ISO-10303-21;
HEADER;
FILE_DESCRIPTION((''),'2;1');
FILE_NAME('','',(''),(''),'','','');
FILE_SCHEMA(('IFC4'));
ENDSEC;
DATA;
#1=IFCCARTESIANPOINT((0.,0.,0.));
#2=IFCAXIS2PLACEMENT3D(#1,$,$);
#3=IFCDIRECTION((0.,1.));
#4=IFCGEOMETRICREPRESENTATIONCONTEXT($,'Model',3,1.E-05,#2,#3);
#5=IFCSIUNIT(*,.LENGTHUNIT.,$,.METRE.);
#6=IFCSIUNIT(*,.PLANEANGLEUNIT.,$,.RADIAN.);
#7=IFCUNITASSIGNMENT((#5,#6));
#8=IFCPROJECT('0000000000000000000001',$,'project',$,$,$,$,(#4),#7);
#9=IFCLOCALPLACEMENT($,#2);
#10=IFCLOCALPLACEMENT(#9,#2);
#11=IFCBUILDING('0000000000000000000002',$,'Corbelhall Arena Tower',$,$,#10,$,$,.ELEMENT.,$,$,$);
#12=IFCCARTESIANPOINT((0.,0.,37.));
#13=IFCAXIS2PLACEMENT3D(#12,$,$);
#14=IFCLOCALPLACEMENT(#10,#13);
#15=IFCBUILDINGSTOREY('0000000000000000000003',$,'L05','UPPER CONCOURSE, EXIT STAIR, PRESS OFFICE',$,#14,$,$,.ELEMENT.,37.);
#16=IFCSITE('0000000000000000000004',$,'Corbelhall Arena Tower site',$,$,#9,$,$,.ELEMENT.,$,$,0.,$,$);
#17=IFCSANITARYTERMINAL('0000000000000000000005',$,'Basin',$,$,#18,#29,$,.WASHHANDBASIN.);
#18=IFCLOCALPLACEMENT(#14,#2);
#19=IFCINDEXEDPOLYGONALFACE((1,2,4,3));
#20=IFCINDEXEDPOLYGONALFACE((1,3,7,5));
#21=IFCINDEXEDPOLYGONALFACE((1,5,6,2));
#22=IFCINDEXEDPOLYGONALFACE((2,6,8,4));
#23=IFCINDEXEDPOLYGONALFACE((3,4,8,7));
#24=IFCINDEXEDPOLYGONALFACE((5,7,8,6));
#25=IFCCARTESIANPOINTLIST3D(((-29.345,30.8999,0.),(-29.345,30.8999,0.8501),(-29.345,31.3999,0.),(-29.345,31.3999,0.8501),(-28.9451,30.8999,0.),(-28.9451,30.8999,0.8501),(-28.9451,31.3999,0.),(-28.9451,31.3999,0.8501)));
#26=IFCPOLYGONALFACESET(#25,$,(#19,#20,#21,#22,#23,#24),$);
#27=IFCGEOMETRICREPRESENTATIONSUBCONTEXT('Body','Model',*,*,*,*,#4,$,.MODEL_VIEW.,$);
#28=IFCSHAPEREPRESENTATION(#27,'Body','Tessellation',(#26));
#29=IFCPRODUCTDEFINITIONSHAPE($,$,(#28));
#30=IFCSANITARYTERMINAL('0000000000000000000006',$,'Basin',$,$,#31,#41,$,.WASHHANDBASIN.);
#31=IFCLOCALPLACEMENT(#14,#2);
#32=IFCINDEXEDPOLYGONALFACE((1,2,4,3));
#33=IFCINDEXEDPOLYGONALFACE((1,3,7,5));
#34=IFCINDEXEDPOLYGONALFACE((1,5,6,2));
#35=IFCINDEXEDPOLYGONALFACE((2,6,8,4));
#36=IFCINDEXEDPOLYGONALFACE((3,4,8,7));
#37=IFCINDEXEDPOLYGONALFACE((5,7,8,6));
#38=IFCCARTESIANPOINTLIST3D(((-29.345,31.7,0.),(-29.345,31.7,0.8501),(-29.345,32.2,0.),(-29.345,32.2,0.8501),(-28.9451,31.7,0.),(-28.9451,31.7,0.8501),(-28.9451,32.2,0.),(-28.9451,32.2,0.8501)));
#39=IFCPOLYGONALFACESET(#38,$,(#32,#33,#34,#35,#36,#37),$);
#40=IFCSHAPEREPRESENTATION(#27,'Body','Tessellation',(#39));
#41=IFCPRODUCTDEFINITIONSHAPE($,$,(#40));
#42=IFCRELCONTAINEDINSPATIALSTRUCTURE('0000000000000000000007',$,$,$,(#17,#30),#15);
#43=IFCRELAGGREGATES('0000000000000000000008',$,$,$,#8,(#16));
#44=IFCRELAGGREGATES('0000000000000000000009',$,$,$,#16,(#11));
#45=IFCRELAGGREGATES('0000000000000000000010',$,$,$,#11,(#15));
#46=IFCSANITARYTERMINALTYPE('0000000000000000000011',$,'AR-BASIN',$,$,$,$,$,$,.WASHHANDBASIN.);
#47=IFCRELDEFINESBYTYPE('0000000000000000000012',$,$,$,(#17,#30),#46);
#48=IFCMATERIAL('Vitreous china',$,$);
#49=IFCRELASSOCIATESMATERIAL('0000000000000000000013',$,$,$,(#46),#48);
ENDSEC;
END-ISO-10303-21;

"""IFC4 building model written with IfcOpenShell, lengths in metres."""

from ifc_helpers import new_model, si_unit, direction, frame, origin, origin_2d, place, context, subcontext, project, spatial, rectangle, extrude, material, type_object, element, save


model = new_model("IFC4")

# Units and contexts
model_context = context("Model", 3, precision=1e-05, world=origin(), true_north=direction((0.0, 1.0)))
body_context = subcontext(model_context, "Body", "Model", "MODEL_VIEW")
ifc_project = project(units=[si_unit("LENGTHUNIT", "METRE"), si_unit("PLANEANGLEUNIT", "RADIAN")], contexts=[model_context])

# Site, building, storey
site_placement = place(None, origin())
site = spatial("IfcSite", under=ifc_project, at=site_placement, Name="Corbelhall Arena Tower site", CompositionType="ELEMENT", RefElevation=0.0)
building_placement = place(site_placement, origin())
building = spatial("IfcBuilding", under=site, at=building_placement, Name="Corbelhall Arena Tower", CompositionType="ELEMENT")
storey_placement = place(building_placement, frame((0.0, 0.0, 37.0)))
storey = spatial("IfcBuildingStorey", under=building, at=storey_placement, Name="L05", Description="UPPER CONCOURSE, EXIT STAIR, PRESS OFFICE", CompositionType="ELEMENT", Elevation=37.0)

# Sanitary terminals
ifc_material_1 = material(Name="Vitreous china")
sanitary_terminal_type = type_object("IfcSanitaryTerminalType", Name="AR-BASIN", PredefinedType="WASHHANDBASIN", material=ifc_material_1)
for number, where, z_axis, x_axis, name in (
    (1, (-29.145, 31.1499, 0.0), (0.0, 0.0, 1.0), (1.0, 0.0, 0.0), "Basin"),
    (2, (-29.145, 31.95, 0.0), (0.0, 0.0, 1.0), (1.0, 0.0, 0.0), "Basin"),
):
    element("IfcSanitaryTerminal", number, at=place(storey_placement, frame(where, z_axis=z_axis, x_axis=x_axis)), inside=storey, type_object=sanitary_terminal_type, Name=name, PredefinedType="WASHHANDBASIN", context=body_context, shape_type="SweptSolid", body=[
        extrude(rectangle(XDim=0.3999, YDim=0.5, at=origin_2d()), origin(), (0.0, 0.0, 1.0), 0.8501),
    ])

save(model, "model.ifc")
